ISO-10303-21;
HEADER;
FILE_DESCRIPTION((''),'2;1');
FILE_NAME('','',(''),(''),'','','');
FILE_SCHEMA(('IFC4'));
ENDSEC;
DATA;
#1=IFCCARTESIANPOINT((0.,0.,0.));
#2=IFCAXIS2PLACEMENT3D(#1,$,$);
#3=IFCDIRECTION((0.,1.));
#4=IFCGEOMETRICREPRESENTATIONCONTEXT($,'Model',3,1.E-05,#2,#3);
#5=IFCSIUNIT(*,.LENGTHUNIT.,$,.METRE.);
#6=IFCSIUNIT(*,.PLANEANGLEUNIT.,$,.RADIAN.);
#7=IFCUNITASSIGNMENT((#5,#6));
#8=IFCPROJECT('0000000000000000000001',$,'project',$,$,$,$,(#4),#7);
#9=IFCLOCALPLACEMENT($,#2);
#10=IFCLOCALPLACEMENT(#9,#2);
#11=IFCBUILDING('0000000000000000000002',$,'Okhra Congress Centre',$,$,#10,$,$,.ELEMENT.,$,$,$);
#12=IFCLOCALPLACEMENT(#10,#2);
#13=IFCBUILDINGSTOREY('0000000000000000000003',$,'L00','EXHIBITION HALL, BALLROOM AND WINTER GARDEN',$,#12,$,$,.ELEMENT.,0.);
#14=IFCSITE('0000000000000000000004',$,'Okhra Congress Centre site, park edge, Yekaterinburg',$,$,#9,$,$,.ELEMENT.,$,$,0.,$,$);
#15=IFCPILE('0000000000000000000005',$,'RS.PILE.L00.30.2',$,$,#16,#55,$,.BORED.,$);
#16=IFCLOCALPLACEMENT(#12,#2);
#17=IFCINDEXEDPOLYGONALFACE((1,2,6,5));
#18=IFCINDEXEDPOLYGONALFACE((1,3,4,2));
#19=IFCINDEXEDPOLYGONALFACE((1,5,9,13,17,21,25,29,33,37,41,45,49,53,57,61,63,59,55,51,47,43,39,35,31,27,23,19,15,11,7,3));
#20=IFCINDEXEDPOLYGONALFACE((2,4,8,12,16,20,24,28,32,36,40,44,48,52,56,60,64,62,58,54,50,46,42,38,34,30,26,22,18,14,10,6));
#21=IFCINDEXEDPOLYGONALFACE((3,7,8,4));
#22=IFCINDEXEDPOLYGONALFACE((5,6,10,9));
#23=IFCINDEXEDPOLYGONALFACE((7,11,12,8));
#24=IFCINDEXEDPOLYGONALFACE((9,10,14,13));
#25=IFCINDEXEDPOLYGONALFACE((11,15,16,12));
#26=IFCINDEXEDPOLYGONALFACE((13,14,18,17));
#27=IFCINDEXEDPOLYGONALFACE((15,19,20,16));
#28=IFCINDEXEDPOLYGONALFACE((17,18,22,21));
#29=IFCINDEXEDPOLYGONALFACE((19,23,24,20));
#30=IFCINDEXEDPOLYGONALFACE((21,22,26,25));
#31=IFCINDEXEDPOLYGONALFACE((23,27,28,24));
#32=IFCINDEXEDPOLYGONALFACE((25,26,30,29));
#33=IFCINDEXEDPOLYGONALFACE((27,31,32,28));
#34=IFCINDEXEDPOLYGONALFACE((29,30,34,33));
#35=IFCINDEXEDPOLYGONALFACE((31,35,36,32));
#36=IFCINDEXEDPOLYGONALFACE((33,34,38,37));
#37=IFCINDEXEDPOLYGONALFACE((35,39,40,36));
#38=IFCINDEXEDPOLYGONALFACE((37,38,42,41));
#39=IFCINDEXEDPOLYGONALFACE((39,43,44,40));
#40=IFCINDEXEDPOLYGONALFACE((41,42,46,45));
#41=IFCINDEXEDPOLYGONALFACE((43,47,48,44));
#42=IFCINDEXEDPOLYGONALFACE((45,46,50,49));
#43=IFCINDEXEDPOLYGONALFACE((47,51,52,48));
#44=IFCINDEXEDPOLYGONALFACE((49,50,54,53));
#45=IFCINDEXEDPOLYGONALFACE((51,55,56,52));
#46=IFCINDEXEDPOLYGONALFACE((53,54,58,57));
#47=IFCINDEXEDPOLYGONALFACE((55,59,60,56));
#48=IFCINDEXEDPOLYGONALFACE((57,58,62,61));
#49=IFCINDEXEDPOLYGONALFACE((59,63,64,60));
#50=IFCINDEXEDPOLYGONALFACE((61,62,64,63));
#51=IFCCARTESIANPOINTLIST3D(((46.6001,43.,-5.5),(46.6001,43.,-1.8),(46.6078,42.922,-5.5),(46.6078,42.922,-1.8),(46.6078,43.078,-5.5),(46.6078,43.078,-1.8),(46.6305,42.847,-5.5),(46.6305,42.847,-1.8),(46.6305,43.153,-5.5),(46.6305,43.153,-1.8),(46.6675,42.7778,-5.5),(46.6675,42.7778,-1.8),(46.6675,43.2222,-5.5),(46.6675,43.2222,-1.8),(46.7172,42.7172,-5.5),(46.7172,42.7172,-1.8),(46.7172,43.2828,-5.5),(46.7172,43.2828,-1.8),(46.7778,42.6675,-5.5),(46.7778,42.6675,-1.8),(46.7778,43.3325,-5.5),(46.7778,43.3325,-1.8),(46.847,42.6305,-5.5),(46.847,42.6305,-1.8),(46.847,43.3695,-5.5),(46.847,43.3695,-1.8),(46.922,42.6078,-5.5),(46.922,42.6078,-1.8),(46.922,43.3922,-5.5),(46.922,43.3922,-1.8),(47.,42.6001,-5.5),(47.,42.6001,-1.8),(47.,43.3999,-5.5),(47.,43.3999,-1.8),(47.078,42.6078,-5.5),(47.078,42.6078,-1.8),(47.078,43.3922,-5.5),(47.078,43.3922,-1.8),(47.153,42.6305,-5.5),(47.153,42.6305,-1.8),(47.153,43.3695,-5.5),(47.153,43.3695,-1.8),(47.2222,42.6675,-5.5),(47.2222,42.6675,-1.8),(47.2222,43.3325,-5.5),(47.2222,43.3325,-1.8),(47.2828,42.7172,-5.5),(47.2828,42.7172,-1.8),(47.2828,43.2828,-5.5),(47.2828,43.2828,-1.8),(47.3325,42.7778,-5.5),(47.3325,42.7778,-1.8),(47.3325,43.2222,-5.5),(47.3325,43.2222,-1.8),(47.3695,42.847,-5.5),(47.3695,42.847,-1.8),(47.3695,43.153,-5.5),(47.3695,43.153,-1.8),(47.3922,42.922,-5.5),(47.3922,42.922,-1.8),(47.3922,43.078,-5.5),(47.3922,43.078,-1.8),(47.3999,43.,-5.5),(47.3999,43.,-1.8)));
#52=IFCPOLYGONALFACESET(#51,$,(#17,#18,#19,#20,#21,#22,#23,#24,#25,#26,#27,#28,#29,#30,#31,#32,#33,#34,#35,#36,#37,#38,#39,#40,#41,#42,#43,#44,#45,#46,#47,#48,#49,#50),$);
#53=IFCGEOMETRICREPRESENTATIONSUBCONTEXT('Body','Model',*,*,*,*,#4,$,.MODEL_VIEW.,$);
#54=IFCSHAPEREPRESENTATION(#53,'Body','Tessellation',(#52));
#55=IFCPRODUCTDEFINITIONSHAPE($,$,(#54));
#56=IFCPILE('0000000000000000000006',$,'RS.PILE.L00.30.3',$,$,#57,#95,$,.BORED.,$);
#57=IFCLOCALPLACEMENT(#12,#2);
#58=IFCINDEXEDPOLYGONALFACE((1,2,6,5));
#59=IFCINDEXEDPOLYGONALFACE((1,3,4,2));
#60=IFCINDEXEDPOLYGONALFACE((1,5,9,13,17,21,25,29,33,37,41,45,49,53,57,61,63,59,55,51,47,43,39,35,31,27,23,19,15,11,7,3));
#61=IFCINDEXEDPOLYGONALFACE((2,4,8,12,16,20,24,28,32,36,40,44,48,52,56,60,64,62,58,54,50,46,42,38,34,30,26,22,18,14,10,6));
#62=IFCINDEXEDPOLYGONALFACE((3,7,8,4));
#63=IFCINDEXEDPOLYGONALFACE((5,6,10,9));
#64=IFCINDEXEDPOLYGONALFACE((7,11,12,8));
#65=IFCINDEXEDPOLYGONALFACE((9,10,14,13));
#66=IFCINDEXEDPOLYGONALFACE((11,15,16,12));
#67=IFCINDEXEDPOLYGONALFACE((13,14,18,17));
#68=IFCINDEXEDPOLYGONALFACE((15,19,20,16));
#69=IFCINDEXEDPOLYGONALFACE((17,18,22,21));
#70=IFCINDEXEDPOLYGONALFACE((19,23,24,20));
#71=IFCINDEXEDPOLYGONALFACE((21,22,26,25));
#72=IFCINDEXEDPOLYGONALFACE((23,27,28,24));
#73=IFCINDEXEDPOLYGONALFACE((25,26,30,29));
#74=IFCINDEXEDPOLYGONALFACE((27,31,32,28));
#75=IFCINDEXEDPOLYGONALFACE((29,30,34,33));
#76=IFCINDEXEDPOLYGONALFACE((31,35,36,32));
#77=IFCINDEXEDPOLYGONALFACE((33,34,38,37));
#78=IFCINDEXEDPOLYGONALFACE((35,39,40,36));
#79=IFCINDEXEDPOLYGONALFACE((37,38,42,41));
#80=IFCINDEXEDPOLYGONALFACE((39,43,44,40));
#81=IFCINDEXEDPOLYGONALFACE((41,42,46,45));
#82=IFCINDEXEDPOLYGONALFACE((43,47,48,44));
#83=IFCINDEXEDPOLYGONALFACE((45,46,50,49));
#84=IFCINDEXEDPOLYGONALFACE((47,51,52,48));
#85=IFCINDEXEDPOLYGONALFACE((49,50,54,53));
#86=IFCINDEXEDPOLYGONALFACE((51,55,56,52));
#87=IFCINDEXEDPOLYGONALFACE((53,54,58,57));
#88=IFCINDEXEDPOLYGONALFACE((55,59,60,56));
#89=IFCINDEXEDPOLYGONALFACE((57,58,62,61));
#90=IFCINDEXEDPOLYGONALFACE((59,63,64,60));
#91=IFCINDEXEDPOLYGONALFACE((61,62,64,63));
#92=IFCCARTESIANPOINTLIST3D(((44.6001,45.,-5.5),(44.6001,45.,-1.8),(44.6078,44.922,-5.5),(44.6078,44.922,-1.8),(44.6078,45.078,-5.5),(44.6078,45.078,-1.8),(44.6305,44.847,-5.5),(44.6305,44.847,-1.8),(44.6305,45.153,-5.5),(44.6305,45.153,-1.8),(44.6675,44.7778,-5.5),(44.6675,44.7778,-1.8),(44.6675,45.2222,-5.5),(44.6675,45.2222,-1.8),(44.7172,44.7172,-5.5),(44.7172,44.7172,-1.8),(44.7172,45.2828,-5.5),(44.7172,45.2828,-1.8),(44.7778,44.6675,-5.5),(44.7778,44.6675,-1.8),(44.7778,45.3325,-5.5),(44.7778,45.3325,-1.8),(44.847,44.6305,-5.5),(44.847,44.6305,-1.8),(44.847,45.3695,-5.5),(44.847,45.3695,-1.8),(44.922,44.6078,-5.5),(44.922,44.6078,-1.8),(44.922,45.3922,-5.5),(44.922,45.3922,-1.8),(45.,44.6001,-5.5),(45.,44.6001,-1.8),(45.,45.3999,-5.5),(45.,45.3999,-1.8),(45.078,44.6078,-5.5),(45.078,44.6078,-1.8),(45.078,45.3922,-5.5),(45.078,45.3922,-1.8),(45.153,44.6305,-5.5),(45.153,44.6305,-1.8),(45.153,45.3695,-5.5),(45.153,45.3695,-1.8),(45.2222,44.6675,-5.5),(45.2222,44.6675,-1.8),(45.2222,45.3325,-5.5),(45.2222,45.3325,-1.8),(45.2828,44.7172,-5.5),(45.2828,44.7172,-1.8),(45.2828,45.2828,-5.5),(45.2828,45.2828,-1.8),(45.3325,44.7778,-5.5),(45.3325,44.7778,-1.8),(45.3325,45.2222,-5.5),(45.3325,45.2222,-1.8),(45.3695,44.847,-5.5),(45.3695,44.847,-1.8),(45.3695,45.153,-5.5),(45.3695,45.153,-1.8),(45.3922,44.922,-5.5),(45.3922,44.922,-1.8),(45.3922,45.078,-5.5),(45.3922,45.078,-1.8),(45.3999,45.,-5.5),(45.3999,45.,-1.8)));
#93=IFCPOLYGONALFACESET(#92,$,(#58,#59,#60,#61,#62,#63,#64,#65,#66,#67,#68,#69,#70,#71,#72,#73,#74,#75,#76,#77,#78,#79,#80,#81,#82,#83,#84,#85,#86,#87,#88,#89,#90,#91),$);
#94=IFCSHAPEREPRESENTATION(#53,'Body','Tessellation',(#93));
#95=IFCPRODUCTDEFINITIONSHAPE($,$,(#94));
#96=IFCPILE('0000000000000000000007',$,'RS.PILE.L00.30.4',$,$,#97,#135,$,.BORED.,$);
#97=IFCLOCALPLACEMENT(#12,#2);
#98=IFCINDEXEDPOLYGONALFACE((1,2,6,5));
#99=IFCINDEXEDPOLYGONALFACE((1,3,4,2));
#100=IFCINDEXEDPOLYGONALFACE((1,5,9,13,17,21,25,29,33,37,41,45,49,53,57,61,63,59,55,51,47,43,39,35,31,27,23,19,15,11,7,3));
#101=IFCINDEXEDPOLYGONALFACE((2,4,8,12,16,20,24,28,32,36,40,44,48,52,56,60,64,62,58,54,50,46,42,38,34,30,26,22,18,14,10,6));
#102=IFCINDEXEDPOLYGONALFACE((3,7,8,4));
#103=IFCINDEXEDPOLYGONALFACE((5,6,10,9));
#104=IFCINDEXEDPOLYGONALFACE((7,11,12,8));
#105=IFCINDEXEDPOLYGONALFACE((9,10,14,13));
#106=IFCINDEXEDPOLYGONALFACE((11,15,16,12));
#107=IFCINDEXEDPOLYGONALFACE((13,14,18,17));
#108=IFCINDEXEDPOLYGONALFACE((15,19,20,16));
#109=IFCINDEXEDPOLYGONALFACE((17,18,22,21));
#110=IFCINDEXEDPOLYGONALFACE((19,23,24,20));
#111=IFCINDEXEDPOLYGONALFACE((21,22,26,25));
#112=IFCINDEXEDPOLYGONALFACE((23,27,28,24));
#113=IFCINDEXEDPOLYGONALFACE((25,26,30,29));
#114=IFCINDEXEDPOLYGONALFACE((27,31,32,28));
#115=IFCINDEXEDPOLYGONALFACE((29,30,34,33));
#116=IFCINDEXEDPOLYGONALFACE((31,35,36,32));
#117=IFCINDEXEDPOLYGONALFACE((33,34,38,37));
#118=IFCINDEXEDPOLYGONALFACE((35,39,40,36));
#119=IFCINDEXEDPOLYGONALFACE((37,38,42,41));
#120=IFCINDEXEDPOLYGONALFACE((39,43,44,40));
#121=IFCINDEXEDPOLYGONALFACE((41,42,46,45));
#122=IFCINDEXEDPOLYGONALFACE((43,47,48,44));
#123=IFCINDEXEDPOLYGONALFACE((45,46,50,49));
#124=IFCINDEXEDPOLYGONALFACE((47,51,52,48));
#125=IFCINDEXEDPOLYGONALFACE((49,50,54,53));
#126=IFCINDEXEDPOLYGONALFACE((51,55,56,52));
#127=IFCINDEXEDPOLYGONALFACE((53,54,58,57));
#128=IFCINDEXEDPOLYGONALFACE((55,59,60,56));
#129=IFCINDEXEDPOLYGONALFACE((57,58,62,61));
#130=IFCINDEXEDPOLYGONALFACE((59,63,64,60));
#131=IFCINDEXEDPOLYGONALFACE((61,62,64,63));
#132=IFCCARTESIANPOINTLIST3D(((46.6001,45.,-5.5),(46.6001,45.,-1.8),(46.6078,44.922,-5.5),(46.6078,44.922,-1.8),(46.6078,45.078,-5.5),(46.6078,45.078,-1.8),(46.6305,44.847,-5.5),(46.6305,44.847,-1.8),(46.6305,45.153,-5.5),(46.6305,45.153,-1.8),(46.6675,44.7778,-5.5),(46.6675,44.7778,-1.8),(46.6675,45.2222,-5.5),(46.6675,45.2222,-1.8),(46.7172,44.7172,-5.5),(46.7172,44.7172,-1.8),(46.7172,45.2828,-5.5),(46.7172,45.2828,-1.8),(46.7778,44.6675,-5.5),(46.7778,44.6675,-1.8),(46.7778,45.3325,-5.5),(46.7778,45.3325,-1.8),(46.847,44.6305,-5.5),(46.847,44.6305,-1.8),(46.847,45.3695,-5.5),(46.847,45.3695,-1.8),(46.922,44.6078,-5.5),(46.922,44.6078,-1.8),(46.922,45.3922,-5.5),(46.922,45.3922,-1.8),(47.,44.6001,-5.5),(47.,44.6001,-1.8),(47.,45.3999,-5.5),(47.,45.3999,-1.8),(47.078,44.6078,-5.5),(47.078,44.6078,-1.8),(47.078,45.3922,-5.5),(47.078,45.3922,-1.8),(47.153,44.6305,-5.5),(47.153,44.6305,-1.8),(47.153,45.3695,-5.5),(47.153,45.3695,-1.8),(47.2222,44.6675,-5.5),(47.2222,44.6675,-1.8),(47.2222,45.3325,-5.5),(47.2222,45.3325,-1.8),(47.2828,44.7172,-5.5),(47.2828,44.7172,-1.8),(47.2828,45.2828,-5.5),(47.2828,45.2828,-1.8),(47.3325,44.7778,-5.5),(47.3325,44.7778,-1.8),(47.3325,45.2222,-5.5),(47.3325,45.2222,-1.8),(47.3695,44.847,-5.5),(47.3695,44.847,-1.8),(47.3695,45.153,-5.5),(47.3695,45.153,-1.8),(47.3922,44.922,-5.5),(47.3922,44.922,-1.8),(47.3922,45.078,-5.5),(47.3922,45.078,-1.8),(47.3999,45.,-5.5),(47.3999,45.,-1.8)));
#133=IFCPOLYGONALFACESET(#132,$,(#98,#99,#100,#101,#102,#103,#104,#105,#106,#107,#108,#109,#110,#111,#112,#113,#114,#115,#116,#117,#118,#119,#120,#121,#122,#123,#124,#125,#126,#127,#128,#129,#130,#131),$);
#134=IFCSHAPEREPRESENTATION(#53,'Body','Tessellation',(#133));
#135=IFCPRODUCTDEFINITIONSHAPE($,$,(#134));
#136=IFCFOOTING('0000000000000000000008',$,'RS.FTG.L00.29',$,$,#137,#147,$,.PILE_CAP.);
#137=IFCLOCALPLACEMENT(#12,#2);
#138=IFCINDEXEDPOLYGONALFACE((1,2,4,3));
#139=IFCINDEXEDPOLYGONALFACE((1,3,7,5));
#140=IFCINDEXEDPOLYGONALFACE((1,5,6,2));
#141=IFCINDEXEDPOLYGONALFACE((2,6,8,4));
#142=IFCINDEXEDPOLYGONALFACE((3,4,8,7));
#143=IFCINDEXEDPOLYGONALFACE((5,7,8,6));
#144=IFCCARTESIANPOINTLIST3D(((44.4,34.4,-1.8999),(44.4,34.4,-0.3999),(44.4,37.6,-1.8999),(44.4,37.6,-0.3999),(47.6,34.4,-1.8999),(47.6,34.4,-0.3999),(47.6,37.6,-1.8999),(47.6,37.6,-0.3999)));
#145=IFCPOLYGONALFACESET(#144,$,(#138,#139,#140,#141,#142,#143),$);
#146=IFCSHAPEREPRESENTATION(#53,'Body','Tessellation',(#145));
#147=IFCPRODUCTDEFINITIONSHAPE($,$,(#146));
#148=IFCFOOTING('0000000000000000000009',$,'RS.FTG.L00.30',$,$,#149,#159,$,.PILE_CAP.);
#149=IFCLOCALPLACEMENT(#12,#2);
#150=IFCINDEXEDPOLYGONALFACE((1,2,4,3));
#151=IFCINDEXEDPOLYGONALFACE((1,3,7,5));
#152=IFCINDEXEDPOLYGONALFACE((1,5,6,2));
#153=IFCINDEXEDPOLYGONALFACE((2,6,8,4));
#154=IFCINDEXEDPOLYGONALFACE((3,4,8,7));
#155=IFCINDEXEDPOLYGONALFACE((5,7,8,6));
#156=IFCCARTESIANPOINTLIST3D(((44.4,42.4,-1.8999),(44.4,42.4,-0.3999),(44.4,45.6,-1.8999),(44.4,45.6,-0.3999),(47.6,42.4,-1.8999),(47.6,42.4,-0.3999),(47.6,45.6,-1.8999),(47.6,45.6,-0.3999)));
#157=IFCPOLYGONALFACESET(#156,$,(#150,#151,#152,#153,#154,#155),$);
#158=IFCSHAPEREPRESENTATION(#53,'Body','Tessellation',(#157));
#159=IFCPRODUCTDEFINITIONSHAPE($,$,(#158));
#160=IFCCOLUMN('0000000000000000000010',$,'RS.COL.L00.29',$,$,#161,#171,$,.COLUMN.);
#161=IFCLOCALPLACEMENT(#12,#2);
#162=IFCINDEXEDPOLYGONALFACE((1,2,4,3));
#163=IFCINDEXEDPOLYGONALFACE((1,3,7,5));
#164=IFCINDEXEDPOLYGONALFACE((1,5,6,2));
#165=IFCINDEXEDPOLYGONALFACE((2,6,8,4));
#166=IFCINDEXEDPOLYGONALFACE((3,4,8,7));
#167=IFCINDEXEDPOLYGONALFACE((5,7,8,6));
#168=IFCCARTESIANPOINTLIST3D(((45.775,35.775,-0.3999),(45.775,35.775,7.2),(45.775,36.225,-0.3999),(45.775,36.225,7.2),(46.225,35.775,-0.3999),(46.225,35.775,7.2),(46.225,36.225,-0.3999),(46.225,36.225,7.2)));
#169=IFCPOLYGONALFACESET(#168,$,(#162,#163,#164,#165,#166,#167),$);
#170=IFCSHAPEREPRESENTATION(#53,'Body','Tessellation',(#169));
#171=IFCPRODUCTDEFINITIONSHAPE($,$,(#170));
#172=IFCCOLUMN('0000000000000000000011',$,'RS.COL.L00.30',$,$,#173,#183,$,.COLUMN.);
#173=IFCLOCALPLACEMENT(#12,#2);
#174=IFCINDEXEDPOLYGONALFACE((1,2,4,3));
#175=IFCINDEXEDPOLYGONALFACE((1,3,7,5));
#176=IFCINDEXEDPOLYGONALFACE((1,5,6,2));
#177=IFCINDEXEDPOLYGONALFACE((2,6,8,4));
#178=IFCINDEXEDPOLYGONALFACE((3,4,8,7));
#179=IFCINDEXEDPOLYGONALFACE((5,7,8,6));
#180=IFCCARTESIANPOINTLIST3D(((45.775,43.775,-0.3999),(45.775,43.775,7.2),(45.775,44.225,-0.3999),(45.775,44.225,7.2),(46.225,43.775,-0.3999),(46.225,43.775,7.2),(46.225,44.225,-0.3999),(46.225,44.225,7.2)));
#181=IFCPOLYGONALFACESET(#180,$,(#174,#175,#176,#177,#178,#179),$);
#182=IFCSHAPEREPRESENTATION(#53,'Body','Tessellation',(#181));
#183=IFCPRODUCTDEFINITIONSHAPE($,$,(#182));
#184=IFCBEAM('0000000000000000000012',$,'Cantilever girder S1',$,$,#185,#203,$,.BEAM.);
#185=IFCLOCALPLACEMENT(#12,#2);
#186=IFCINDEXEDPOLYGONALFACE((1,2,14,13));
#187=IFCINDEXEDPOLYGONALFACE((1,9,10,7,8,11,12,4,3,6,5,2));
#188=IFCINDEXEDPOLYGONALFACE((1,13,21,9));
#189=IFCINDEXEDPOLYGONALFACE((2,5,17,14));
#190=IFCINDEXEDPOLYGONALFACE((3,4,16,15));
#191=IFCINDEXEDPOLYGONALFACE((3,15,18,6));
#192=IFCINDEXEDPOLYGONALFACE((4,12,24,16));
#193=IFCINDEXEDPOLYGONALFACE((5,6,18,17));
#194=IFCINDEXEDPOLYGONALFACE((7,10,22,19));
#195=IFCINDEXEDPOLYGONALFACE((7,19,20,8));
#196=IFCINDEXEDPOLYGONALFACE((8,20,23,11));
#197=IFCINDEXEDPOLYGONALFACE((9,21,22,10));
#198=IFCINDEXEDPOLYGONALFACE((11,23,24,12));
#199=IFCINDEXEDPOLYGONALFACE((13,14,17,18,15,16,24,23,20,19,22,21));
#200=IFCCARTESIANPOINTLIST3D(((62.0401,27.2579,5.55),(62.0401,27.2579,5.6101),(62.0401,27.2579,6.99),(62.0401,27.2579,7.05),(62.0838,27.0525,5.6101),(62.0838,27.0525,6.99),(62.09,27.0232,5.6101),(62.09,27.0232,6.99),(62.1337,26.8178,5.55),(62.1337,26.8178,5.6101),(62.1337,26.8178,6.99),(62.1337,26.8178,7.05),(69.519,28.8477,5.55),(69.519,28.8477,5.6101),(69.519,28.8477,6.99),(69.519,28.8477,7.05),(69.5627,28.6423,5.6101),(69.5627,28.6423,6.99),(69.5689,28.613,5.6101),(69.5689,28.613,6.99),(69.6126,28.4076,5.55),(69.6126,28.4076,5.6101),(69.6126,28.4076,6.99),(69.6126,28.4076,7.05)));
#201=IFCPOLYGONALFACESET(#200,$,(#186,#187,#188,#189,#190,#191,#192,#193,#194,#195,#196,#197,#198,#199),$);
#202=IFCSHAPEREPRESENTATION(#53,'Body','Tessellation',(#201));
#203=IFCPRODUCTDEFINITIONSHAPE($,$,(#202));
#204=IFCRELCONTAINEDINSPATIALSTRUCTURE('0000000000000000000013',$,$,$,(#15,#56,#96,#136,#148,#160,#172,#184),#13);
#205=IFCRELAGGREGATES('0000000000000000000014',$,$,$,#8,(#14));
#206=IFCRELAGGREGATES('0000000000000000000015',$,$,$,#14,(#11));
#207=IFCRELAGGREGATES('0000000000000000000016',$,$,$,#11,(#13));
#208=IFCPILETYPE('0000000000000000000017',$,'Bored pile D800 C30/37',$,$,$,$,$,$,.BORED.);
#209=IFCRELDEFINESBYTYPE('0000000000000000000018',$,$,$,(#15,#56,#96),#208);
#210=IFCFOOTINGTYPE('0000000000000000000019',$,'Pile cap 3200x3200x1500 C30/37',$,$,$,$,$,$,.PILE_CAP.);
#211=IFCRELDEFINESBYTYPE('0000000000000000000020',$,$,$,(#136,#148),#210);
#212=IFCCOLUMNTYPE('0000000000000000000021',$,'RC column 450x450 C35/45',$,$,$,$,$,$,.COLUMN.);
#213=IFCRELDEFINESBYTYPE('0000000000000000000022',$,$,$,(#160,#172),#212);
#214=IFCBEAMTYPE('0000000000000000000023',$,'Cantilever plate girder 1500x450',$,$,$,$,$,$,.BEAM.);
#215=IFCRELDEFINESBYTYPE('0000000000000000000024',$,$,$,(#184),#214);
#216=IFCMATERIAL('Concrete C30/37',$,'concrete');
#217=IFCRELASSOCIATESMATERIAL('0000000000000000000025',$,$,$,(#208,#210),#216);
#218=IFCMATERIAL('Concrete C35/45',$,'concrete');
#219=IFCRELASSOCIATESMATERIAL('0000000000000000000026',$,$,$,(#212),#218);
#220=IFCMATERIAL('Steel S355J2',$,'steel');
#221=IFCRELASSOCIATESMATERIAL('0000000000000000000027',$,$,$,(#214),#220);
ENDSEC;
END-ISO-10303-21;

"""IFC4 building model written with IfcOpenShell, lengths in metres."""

from ifc_helpers import new_model, si_unit, direction, frame, origin, origin_2d, place, context, subcontext, project, spatial, rectangle, circle, i_section, extrude, material, material_profile, profile_set, type_object, element, save


model = new_model("IFC4")

# Units and contexts
model_context = context("Model", 3, precision=1e-05, world=origin(), true_north=direction((0.0, 1.0)))
body_context = subcontext(model_context, "Body", "Model", "MODEL_VIEW")
ifc_project = project(units=[si_unit("LENGTHUNIT", "METRE"), si_unit("PLANEANGLEUNIT", "RADIAN")], contexts=[model_context])

# Site, building, storey
site_placement = place(None, origin())
site = spatial("IfcSite", under=ifc_project, at=site_placement, Name="Okhra Congress Centre site, park edge, Yekaterinburg", CompositionType="ELEMENT", RefElevation=0.0)
building_placement = place(site_placement, origin())
building = spatial("IfcBuilding", under=site, at=building_placement, Name="Okhra Congress Centre", CompositionType="ELEMENT")
storey_placement = place(building_placement, origin())
storey = spatial("IfcBuildingStorey", under=building, at=storey_placement, Name="L00", Description="EXHIBITION HALL, BALLROOM AND WINTER GARDEN", CompositionType="ELEMENT", Elevation=0.0)

# Piles
ifc_material_1 = material(Name="Concrete C30/37", Category="concrete")
ifc_material_profile_1 = material_profile(ifc_material_1, circle(Radius=0.3999, at=origin_2d()), Name="D800")
ifc_profile_set_1 = profile_set([ifc_material_profile_1], Name="Concrete C30/37")
pile_type = type_object("IfcPileType", Name="Bored pile D800 C30/37", PredefinedType="BORED", material=ifc_profile_set_1)
for number, where, z_axis, x_axis, name in (
    (1, (47.0, 43.0, -1.8), (0.0, 0.0, -1.0), (1.0, 0.0, 0.0), "RS.PILE.L00.30.2"),
    (2, (45.0, 45.0, -1.8), (0.0, 0.0, -1.0), (1.0, 0.0, 0.0), "RS.PILE.L00.30.3"),
    (3, (47.0, 45.0, -1.8), (0.0, 0.0, -1.0), (1.0, 0.0, 0.0), "RS.PILE.L00.30.4"),
):
    element("IfcPile", number, at=place(storey_placement, frame(where, z_axis=z_axis, x_axis=x_axis)), inside=storey, type_object=pile_type, Name=name, PredefinedType="BORED", context=body_context, shape_type="SweptSolid", body=[
        extrude(circle(Radius=0.3999, at=origin_2d()), origin(), (0.0, 0.0, 1.0), 3.7),
    ])

# Footings
footing_type = type_object("IfcFootingType", Name="Pile cap 3200x3200x1500 C30/37", PredefinedType="PILE_CAP", material=ifc_material_1)
for number, where, z_axis, x_axis, name in (
    (4, (46.0, 36.0, -1.8999), (0.0, 0.0, 1.0), (1.0, 0.0, 0.0), "RS.FTG.L00.29"),
    (5, (46.0, 44.0, -1.8999), (0.0, 0.0, 1.0), (1.0, 0.0, 0.0), "RS.FTG.L00.30"),
):
    element("IfcFooting", number, at=place(storey_placement, frame(where, z_axis=z_axis, x_axis=x_axis)), inside=storey, type_object=footing_type, Name=name, PredefinedType="PILE_CAP", context=body_context, shape_type="SweptSolid", body=[
        extrude(rectangle(XDim=3.2, YDim=3.2, at=origin_2d()), origin(), (0.0, 0.0, 1.0), 1.5),
    ])

# Columns
ifc_material_2 = material(Name="Concrete C35/45", Category="concrete")
ifc_material_profile_2 = material_profile(ifc_material_2, rectangle(XDim=0.45, YDim=0.45, at=origin_2d()), Name="RC 450x450")
ifc_profile_set_2 = profile_set([ifc_material_profile_2], Name="Concrete C35/45")
column_type = type_object("IfcColumnType", Name="RC column 450x450 C35/45", PredefinedType="COLUMN", material=ifc_profile_set_2)
for number, where, z_axis, x_axis, name in (
    (6, (46.0, 36.0, -0.3999), (0.0, 0.0, 1.0), (1.0, 0.0, 0.0), "RS.COL.L00.29"),
    (7, (46.0, 44.0, -0.3999), (0.0, 0.0, 1.0), (1.0, 0.0, 0.0), "RS.COL.L00.30"),
):
    element("IfcColumn", number, at=place(storey_placement, frame(where, z_axis=z_axis, x_axis=x_axis)), inside=storey, type_object=column_type, Name=name, PredefinedType="COLUMN", context=body_context, shape_type="SweptSolid", body=[
        extrude(rectangle(XDim=0.45, YDim=0.45, at=origin_2d()), origin(), (0.0, 0.0, 1.0), 7.5999),
    ])

# Beam
ifc_material_3 = material(Name="Steel S355J2", Category="steel")
ifc_material_profile_3 = material_profile(ifc_material_3, i_section(OverallWidth=0.45, OverallDepth=1.5, WebThickness=0.03, FlangeThickness=0.0601, at=origin_2d()), Name="Plate girder 1500x450")
ifc_profile_set_3 = profile_set([ifc_material_profile_3], Name="Steel S355J2")
beam_type_1 = type_object("IfcBeamType", Name="Cantilever plate girder 1500x450", PredefinedType="BEAM", material=ifc_profile_set_3)
beam_1_placement = place(storey_placement, frame((62.0869, 27.0378, 6.3), z_axis=(0.978144, 0.207928, 0.0), x_axis=(-0.207928, 0.978144, 0.0)))
element("IfcBeam", 8, at=beam_1_placement, inside=storey, type_object=beam_type_1, Name="Cantilever girder S1", PredefinedType="BEAM", context=body_context, shape_type="SweptSolid", body=[
    extrude(i_section(OverallWidth=0.45, OverallDepth=1.5, WebThickness=0.03, FlangeThickness=0.0601, at=origin_2d()), origin(), (0.0, 0.0, 1.0), 7.646),
])

save(model, "model.ifc")
